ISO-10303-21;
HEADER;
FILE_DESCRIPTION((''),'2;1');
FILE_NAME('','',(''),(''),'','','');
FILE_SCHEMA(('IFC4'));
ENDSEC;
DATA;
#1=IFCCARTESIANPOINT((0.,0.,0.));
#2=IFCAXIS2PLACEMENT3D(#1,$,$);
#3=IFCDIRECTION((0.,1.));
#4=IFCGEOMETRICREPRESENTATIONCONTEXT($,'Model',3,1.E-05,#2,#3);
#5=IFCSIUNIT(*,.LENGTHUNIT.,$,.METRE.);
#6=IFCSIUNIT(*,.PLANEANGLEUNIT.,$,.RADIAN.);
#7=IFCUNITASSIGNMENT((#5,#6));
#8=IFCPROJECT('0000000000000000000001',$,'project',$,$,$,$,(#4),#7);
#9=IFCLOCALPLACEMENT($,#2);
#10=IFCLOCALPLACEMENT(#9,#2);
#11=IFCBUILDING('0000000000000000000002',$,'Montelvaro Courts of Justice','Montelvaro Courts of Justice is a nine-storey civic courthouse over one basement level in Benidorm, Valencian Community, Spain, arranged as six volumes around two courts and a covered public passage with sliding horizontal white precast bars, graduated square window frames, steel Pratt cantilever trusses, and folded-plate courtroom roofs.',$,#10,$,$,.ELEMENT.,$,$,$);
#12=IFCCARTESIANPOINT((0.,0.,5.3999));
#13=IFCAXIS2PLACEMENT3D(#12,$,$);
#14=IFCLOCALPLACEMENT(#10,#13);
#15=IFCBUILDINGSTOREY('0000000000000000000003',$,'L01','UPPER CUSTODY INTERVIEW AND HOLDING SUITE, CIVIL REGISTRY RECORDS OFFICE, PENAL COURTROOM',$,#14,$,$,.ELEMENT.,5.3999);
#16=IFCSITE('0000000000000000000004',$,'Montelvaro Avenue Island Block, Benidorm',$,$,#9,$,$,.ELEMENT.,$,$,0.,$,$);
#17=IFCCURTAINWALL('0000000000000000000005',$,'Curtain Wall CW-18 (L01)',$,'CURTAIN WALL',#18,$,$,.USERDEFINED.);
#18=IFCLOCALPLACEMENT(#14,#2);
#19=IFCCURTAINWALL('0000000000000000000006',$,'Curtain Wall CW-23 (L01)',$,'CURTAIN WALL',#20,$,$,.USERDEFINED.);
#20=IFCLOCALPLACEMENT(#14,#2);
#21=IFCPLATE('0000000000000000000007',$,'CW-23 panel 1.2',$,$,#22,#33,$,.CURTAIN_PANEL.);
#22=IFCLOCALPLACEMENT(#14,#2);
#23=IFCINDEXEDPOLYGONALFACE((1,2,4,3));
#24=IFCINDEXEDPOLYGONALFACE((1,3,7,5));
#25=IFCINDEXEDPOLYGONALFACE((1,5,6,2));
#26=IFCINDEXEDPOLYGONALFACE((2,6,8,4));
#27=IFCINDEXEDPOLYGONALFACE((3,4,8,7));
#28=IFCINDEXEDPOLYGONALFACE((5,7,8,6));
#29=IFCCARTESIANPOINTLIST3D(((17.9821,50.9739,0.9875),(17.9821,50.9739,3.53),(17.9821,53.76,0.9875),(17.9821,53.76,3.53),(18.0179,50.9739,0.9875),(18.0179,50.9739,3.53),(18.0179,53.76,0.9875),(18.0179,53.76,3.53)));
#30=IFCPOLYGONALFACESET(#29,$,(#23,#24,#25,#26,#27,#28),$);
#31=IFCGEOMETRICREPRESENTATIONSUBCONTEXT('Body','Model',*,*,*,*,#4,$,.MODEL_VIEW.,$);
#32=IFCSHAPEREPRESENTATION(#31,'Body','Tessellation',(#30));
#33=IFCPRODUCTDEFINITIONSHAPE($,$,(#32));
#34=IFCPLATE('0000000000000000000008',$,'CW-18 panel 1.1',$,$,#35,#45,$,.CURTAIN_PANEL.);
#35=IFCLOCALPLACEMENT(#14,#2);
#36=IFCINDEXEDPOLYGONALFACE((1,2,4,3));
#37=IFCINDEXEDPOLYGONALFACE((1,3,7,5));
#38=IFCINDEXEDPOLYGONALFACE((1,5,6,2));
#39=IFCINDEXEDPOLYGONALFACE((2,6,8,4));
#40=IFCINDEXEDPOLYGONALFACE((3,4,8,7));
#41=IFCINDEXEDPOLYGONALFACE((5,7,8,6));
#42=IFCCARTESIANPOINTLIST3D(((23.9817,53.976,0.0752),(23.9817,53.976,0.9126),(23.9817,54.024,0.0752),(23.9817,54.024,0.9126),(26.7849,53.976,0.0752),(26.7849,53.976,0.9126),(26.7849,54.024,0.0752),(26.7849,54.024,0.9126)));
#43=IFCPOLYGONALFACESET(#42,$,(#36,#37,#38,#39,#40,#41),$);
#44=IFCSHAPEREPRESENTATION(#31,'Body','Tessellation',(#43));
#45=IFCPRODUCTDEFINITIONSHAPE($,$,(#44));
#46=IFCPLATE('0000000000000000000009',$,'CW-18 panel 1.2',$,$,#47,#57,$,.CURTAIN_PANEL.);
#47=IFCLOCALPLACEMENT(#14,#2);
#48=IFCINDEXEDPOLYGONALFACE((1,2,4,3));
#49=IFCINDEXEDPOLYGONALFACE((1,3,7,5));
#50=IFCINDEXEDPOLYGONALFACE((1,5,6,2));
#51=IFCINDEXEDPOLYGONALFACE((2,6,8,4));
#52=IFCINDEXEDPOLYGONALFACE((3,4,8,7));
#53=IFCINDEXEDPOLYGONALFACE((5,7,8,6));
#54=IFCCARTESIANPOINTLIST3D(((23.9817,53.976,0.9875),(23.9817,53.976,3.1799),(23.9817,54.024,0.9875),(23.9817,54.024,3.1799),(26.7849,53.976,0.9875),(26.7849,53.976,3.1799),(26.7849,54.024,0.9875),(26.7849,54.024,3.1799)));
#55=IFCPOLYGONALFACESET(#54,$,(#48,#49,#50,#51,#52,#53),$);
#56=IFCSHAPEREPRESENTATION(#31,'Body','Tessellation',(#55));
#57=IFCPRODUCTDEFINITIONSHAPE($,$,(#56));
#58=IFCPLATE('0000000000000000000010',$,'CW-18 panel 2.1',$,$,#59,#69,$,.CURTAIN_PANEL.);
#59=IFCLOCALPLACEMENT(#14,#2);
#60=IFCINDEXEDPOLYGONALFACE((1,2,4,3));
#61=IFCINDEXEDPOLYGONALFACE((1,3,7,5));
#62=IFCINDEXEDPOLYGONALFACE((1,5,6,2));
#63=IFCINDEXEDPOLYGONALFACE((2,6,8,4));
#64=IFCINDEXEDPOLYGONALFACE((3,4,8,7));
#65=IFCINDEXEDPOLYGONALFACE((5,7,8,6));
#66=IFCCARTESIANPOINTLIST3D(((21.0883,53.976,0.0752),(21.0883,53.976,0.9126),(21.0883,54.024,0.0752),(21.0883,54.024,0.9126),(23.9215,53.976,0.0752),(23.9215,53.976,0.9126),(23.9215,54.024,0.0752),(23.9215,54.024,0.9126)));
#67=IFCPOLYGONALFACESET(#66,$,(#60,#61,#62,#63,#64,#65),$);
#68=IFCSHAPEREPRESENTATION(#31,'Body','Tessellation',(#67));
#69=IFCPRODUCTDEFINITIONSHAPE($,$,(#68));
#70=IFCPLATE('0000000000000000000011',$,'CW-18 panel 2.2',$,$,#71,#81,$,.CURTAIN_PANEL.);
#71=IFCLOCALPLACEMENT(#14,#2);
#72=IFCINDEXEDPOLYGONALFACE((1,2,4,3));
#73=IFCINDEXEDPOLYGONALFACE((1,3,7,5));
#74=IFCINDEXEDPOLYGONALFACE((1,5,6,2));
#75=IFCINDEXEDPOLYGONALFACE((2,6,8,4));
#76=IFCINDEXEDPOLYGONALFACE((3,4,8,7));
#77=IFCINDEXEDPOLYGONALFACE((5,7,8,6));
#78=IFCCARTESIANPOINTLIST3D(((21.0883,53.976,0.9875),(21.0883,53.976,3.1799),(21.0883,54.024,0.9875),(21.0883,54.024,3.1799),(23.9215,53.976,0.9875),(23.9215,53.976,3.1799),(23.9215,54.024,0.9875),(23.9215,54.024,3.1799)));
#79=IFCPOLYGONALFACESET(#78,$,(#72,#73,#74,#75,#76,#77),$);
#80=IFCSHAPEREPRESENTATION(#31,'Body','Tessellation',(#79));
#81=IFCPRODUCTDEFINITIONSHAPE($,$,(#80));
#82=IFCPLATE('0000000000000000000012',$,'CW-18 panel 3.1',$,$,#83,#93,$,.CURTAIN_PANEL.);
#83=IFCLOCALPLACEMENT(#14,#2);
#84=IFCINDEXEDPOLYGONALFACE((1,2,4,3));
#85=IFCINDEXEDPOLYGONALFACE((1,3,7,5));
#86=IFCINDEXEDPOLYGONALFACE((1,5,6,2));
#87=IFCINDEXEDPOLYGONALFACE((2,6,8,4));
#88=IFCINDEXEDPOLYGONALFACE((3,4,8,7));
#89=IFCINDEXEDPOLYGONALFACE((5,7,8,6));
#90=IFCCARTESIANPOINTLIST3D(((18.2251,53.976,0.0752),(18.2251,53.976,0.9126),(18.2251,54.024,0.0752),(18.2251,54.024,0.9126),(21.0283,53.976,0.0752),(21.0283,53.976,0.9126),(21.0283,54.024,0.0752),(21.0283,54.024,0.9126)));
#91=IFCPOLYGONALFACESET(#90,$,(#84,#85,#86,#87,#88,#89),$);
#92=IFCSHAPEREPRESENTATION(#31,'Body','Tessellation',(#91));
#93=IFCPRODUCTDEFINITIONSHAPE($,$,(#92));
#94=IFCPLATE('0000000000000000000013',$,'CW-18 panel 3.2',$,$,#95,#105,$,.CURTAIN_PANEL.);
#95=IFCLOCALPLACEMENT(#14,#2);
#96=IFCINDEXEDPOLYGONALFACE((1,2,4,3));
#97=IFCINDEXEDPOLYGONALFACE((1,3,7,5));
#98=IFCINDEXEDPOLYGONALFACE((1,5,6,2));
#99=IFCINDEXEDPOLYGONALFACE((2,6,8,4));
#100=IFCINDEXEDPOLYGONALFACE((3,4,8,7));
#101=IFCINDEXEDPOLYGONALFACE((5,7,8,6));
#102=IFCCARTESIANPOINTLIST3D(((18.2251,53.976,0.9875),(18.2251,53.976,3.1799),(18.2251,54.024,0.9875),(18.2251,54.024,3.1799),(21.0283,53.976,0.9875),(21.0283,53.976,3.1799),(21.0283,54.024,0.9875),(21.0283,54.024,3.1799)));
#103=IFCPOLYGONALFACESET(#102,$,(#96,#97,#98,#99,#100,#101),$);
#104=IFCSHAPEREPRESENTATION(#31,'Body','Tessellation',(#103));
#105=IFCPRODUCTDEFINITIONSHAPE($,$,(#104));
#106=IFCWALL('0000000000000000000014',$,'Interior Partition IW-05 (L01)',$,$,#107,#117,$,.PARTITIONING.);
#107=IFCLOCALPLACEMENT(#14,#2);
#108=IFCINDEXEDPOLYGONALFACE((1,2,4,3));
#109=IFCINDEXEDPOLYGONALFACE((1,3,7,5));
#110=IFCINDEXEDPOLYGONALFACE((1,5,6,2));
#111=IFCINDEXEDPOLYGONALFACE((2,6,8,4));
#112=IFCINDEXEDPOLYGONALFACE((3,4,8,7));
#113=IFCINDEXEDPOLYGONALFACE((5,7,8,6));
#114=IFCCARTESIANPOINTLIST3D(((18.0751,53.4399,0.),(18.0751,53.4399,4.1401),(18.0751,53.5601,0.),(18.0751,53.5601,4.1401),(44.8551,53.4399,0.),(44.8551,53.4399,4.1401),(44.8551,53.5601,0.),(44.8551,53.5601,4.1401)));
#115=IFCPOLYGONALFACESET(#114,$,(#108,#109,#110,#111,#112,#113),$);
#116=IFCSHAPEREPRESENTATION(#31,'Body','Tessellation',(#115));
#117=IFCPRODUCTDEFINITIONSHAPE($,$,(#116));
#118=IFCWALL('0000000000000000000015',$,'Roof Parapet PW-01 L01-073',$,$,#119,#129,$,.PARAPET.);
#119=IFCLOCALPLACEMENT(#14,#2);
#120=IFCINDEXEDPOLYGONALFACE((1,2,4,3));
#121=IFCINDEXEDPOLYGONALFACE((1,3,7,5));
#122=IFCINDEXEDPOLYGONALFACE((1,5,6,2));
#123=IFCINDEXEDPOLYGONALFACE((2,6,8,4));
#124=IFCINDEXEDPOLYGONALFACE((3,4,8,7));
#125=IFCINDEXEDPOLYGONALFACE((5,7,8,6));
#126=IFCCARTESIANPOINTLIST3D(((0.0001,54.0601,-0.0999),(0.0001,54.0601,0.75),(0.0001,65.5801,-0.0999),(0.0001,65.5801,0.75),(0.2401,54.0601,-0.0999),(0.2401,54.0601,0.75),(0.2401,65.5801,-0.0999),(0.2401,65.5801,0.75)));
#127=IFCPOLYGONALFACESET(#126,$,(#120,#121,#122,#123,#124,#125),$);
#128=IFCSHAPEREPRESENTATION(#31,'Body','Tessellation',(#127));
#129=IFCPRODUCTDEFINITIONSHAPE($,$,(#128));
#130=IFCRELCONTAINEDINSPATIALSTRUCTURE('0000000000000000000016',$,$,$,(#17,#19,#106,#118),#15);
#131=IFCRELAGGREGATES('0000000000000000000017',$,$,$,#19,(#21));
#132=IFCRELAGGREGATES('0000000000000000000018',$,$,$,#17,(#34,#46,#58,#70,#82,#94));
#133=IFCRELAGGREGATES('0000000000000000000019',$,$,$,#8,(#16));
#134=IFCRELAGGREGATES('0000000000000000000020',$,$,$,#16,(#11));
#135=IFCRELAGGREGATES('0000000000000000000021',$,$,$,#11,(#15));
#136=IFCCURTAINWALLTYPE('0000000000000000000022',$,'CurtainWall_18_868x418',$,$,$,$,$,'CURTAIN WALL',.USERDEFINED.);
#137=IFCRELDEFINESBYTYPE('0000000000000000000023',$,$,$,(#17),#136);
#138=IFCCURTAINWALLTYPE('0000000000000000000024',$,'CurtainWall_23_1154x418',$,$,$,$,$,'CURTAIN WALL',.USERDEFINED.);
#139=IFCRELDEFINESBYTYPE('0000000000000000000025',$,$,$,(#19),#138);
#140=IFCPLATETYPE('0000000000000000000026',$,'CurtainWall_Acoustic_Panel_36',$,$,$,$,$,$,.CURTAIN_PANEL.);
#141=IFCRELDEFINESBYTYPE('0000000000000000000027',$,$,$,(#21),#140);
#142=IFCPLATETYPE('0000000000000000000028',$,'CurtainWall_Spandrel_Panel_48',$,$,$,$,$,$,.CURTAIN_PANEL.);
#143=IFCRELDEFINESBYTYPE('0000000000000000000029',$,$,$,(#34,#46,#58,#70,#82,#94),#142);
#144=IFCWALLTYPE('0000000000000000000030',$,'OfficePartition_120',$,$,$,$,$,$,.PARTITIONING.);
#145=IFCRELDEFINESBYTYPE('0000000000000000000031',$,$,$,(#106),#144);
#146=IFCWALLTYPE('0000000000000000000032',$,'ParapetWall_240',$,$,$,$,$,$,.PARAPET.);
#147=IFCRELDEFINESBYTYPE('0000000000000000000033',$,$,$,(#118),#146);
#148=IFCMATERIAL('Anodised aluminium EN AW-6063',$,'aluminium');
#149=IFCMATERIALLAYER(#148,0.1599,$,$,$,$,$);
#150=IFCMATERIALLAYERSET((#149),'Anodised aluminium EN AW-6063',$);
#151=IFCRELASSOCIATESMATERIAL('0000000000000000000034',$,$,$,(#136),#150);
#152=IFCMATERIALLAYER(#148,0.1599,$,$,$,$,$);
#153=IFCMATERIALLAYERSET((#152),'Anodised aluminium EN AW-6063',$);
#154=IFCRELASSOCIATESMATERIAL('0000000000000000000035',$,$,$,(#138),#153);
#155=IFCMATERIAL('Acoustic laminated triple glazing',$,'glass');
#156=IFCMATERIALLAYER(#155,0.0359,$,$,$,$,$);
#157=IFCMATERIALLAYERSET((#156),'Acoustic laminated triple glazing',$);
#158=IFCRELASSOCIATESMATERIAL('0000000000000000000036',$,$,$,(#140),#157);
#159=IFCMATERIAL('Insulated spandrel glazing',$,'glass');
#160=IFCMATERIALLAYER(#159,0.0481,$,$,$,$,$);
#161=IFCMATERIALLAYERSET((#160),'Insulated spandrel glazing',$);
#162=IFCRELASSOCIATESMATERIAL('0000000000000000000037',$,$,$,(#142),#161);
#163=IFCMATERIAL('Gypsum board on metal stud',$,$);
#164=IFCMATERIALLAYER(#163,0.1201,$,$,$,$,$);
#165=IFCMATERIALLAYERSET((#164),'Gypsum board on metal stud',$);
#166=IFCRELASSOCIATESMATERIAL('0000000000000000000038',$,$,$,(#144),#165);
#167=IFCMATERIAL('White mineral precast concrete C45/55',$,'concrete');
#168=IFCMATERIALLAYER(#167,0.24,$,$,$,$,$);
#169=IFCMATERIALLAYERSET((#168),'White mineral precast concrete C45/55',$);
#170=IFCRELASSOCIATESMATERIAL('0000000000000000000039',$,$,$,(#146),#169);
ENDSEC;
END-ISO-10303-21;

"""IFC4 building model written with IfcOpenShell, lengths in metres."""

from ifc_helpers import new_model, si_unit, direction, frame, frame_2d, origin, origin_2d, place, context, subcontext, project, spatial, rectangle, extrude, material, layer, layer_set, type_object, element, aggregate, save


model = new_model("IFC4")

# Units and contexts
model_context = context("Model", 3, precision=1e-05, world=origin(), true_north=direction((0.0, 1.0)))
body_context = subcontext(model_context, "Body", "Model", "MODEL_VIEW")
ifc_project = project(units=[si_unit("LENGTHUNIT", "METRE"), si_unit("PLANEANGLEUNIT", "RADIAN")], contexts=[model_context])

# Site, building, storey
site_placement = place(None, origin())
site = spatial("IfcSite", under=ifc_project, at=site_placement, Name="Montelvaro Avenue Island Block, Benidorm", CompositionType="ELEMENT", RefElevation=0.0)
building_placement = place(site_placement, origin())
building = spatial("IfcBuilding", under=site, at=building_placement, Name="Montelvaro Courts of Justice", Description="Montelvaro Courts of Justice is a nine-storey civic courthouse over one basement level in Benidorm, Valencian Community, Spain, arranged as six volumes around two courts and a covered public passage with sliding horizontal white precast bars, graduated square window frames, steel Pratt cantilever trusses, and folded-plate courtroom roofs.", CompositionType="ELEMENT")
storey_placement = place(building_placement, frame((0.0, 0.0, 5.3999)))
storey = spatial("IfcBuildingStorey", under=building, at=storey_placement, Name="L01", Description="UPPER CUSTODY INTERVIEW AND HOLDING SUITE, CIVIL REGISTRY RECORDS OFFICE, PENAL COURTROOM", CompositionType="ELEMENT", Elevation=5.3999)

# Curtain walls
ifc_material_1 = material(Name="Anodised aluminium EN AW-6063", Category="aluminium")
ifc_layer_1 = layer(ifc_material_1, 0.1599)
ifc_layer_set_1 = layer_set([ifc_layer_1], Name="Anodised aluminium EN AW-6063")
curtain_wall_type_1 = type_object("IfcCurtainWallType", Name="CurtainWall_18_868x418", ElementType="CURTAIN WALL", PredefinedType="USERDEFINED", material=ifc_layer_set_1)
curtain_wall_1_placement = place(storey_placement, origin())
curtain_wall_1 = element("IfcCurtainWall", 1, at=curtain_wall_1_placement, inside=storey, type_object=curtain_wall_type_1, Name="Curtain Wall CW-18 (L01)", ObjectType="CURTAIN WALL", PredefinedType="USERDEFINED")
ifc_layer_2 = layer(ifc_material_1, 0.1599)
ifc_layer_set_2 = layer_set([ifc_layer_2], Name="Anodised aluminium EN AW-6063")
curtain_wall_type_2 = type_object("IfcCurtainWallType", Name="CurtainWall_23_1154x418", ElementType="CURTAIN WALL", PredefinedType="USERDEFINED", material=ifc_layer_set_2)
curtain_wall_2_placement = place(storey_placement, origin())
curtain_wall_2 = element("IfcCurtainWall", 2, at=curtain_wall_2_placement, inside=storey, type_object=curtain_wall_type_2, Name="Curtain Wall CW-23 (L01)", ObjectType="CURTAIN WALL", PredefinedType="USERDEFINED")

# Plates
ifc_material_2 = material(Name="Acoustic laminated triple glazing", Category="glass")
ifc_layer_3 = layer(ifc_material_2, 0.0359)
ifc_layer_set_3 = layer_set([ifc_layer_3], Name="Acoustic laminated triple glazing")
plate_type_1 = type_object("IfcPlateType", Name="CurtainWall_Acoustic_Panel_36", PredefinedType="CURTAIN_PANEL", material=ifc_layer_set_3)
plate_1_placement = place(storey_placement, frame((18.0, 52.3669, 0.9875), z_axis=(0.0, 0.0, 1.0), x_axis=(0.0, -1.0, 0.0)))
plate_1 = element("IfcPlate", 3, at=plate_1_placement, type_object=plate_type_1, Name="CW-23 panel 1.2", PredefinedType="CURTAIN_PANEL", context=body_context, shape_type="SweptSolid", body=[
    extrude(rectangle(XDim=2.7861, YDim=0.0359, at=origin_2d()), origin(), (0.0, 0.0, 1.0), 2.5425),
])
aggregate(curtain_wall_2, [plate_1])
ifc_material_3 = material(Name="Insulated spandrel glazing", Category="glass")
ifc_layer_4 = layer(ifc_material_3, 0.0481)
ifc_layer_set_4 = layer_set([ifc_layer_4], Name="Insulated spandrel glazing")
plate_type_2 = type_object("IfcPlateType", Name="CurtainWall_Spandrel_Panel_48", PredefinedType="CURTAIN_PANEL", material=ifc_layer_set_4)
plate_2_placement = place(storey_placement, frame((25.3833, 54.0, 0.0752), z_axis=(0.0, 0.0, 1.0), x_axis=(-1.0, 0.0, 0.0)))
plate_2 = element("IfcPlate", 4, at=plate_2_placement, type_object=plate_type_2, Name="CW-18 panel 1.1", PredefinedType="CURTAIN_PANEL", context=body_context, shape_type="SweptSolid", body=[
    extrude(rectangle(XDim=2.8032, YDim=0.0481, at=origin_2d()), origin(), (0.0, 0.0, 1.0), 0.8374),
])
plate_3_placement = place(storey_placement, frame((25.3833, 54.0, 0.9875), z_axis=(0.0, 0.0, 1.0), x_axis=(-1.0, 0.0, 0.0)))
plate_3 = element("IfcPlate", 5, at=plate_3_placement, type_object=plate_type_2, Name="CW-18 panel 1.2", PredefinedType="CURTAIN_PANEL", context=body_context, shape_type="SweptSolid", body=[
    extrude(rectangle(XDim=2.8032, YDim=0.0481, at=origin_2d()), origin(), (0.0, 0.0, 1.0), 2.1924),
])
plate_4_placement = place(storey_placement, frame((22.5049, 54.0, 0.0752), z_axis=(0.0, 0.0, 1.0), x_axis=(-1.0, 0.0, 0.0)))
plate_4 = element("IfcPlate", 6, at=plate_4_placement, type_object=plate_type_2, Name="CW-18 panel 2.1", PredefinedType="CURTAIN_PANEL", context=body_context, shape_type="SweptSolid", body=[
    extrude(rectangle(XDim=2.8333, YDim=0.0481, at=origin_2d()), origin(), (0.0, 0.0, 1.0), 0.8374),
])
plate_5_placement = place(storey_placement, frame((22.5049, 54.0, 0.9875), z_axis=(0.0, 0.0, 1.0), x_axis=(-1.0, 0.0, 0.0)))
plate_5 = element("IfcPlate", 7, at=plate_5_placement, type_object=plate_type_2, Name="CW-18 panel 2.2", PredefinedType="CURTAIN_PANEL", context=body_context, shape_type="SweptSolid", body=[
    extrude(rectangle(XDim=2.8333, YDim=0.0481, at=origin_2d()), origin(), (0.0, 0.0, 1.0), 2.1924),
])
plate_6_placement = place(storey_placement, frame((19.6267, 54.0, 0.0752), z_axis=(0.0, 0.0, 1.0), x_axis=(-1.0, 0.0, 0.0)))
plate_6 = element("IfcPlate", 8, at=plate_6_placement, type_object=plate_type_2, Name="CW-18 panel 3.1", PredefinedType="CURTAIN_PANEL", context=body_context, shape_type="SweptSolid", body=[
    extrude(rectangle(XDim=2.8032, YDim=0.0481, at=origin_2d()), origin(), (0.0, 0.0, 1.0), 0.8374),
])
plate_7_placement = place(storey_placement, frame((19.6267, 54.0, 0.9875), z_axis=(0.0, 0.0, 1.0), x_axis=(-1.0, 0.0, 0.0)))
plate_7 = element("IfcPlate", 9, at=plate_7_placement, type_object=plate_type_2, Name="CW-18 panel 3.2", PredefinedType="CURTAIN_PANEL", context=body_context, shape_type="SweptSolid", body=[
    extrude(rectangle(XDim=2.8032, YDim=0.0481, at=origin_2d()), origin(), (0.0, 0.0, 1.0), 2.1924),
])
aggregate(curtain_wall_1, [plate_2, plate_3, plate_4, plate_5, plate_6, plate_7])

# Walls
ifc_material_4 = material(Name="Gypsum board on metal stud")
ifc_layer_5 = layer(ifc_material_4, 0.1201)
ifc_layer_set_5 = layer_set([ifc_layer_5], Name="Gypsum board on metal stud")
wall_type_1 = type_object("IfcWallType", Name="OfficePartition_120", PredefinedType="PARTITIONING", material=ifc_layer_set_5)
wall_1_placement = place(storey_placement, frame((18.075, 53.5, 0.0), z_axis=(0.0, 0.0, 1.0), x_axis=(1.0, 0.0, 0.0)))
element("IfcWall", 10, at=wall_1_placement, inside=storey, type_object=wall_type_1, Name="Interior Partition IW-05 (L01)", PredefinedType="PARTITIONING", context=body_context, shape_type="SweptSolid", body=[
    extrude(rectangle(XDim=26.78, YDim=0.1201, at=frame_2d((13.3901, 0.0))), origin(), (0.0, 0.0, 1.0), 4.1401),
])
ifc_material_5 = material(Name="White mineral precast concrete C45/55", Category="concrete")
ifc_layer_6 = layer(ifc_material_5, 0.24)
ifc_layer_set_6 = layer_set([ifc_layer_6], Name="White mineral precast concrete C45/55")
wall_type_2 = type_object("IfcWallType", Name="ParapetWall_240", PredefinedType="PARAPET", material=ifc_layer_set_6)
wall_2_placement = place(storey_placement, frame((0.1201, 54.0601, -0.0999), z_axis=(0.0, 0.0, 1.0), x_axis=(0.0, 1.0, 0.0)))
element("IfcWall", 11, at=wall_2_placement, inside=storey, type_object=wall_type_2, Name="Roof Parapet PW-01 L01-073", PredefinedType="PARAPET", context=body_context, shape_type="SweptSolid", body=[
    extrude(rectangle(XDim=11.52, YDim=0.24, at=frame_2d((5.76, 0.0))), origin(), (0.0, 0.0, 1.0), 0.8499),
])

save(model, "model.ifc")
